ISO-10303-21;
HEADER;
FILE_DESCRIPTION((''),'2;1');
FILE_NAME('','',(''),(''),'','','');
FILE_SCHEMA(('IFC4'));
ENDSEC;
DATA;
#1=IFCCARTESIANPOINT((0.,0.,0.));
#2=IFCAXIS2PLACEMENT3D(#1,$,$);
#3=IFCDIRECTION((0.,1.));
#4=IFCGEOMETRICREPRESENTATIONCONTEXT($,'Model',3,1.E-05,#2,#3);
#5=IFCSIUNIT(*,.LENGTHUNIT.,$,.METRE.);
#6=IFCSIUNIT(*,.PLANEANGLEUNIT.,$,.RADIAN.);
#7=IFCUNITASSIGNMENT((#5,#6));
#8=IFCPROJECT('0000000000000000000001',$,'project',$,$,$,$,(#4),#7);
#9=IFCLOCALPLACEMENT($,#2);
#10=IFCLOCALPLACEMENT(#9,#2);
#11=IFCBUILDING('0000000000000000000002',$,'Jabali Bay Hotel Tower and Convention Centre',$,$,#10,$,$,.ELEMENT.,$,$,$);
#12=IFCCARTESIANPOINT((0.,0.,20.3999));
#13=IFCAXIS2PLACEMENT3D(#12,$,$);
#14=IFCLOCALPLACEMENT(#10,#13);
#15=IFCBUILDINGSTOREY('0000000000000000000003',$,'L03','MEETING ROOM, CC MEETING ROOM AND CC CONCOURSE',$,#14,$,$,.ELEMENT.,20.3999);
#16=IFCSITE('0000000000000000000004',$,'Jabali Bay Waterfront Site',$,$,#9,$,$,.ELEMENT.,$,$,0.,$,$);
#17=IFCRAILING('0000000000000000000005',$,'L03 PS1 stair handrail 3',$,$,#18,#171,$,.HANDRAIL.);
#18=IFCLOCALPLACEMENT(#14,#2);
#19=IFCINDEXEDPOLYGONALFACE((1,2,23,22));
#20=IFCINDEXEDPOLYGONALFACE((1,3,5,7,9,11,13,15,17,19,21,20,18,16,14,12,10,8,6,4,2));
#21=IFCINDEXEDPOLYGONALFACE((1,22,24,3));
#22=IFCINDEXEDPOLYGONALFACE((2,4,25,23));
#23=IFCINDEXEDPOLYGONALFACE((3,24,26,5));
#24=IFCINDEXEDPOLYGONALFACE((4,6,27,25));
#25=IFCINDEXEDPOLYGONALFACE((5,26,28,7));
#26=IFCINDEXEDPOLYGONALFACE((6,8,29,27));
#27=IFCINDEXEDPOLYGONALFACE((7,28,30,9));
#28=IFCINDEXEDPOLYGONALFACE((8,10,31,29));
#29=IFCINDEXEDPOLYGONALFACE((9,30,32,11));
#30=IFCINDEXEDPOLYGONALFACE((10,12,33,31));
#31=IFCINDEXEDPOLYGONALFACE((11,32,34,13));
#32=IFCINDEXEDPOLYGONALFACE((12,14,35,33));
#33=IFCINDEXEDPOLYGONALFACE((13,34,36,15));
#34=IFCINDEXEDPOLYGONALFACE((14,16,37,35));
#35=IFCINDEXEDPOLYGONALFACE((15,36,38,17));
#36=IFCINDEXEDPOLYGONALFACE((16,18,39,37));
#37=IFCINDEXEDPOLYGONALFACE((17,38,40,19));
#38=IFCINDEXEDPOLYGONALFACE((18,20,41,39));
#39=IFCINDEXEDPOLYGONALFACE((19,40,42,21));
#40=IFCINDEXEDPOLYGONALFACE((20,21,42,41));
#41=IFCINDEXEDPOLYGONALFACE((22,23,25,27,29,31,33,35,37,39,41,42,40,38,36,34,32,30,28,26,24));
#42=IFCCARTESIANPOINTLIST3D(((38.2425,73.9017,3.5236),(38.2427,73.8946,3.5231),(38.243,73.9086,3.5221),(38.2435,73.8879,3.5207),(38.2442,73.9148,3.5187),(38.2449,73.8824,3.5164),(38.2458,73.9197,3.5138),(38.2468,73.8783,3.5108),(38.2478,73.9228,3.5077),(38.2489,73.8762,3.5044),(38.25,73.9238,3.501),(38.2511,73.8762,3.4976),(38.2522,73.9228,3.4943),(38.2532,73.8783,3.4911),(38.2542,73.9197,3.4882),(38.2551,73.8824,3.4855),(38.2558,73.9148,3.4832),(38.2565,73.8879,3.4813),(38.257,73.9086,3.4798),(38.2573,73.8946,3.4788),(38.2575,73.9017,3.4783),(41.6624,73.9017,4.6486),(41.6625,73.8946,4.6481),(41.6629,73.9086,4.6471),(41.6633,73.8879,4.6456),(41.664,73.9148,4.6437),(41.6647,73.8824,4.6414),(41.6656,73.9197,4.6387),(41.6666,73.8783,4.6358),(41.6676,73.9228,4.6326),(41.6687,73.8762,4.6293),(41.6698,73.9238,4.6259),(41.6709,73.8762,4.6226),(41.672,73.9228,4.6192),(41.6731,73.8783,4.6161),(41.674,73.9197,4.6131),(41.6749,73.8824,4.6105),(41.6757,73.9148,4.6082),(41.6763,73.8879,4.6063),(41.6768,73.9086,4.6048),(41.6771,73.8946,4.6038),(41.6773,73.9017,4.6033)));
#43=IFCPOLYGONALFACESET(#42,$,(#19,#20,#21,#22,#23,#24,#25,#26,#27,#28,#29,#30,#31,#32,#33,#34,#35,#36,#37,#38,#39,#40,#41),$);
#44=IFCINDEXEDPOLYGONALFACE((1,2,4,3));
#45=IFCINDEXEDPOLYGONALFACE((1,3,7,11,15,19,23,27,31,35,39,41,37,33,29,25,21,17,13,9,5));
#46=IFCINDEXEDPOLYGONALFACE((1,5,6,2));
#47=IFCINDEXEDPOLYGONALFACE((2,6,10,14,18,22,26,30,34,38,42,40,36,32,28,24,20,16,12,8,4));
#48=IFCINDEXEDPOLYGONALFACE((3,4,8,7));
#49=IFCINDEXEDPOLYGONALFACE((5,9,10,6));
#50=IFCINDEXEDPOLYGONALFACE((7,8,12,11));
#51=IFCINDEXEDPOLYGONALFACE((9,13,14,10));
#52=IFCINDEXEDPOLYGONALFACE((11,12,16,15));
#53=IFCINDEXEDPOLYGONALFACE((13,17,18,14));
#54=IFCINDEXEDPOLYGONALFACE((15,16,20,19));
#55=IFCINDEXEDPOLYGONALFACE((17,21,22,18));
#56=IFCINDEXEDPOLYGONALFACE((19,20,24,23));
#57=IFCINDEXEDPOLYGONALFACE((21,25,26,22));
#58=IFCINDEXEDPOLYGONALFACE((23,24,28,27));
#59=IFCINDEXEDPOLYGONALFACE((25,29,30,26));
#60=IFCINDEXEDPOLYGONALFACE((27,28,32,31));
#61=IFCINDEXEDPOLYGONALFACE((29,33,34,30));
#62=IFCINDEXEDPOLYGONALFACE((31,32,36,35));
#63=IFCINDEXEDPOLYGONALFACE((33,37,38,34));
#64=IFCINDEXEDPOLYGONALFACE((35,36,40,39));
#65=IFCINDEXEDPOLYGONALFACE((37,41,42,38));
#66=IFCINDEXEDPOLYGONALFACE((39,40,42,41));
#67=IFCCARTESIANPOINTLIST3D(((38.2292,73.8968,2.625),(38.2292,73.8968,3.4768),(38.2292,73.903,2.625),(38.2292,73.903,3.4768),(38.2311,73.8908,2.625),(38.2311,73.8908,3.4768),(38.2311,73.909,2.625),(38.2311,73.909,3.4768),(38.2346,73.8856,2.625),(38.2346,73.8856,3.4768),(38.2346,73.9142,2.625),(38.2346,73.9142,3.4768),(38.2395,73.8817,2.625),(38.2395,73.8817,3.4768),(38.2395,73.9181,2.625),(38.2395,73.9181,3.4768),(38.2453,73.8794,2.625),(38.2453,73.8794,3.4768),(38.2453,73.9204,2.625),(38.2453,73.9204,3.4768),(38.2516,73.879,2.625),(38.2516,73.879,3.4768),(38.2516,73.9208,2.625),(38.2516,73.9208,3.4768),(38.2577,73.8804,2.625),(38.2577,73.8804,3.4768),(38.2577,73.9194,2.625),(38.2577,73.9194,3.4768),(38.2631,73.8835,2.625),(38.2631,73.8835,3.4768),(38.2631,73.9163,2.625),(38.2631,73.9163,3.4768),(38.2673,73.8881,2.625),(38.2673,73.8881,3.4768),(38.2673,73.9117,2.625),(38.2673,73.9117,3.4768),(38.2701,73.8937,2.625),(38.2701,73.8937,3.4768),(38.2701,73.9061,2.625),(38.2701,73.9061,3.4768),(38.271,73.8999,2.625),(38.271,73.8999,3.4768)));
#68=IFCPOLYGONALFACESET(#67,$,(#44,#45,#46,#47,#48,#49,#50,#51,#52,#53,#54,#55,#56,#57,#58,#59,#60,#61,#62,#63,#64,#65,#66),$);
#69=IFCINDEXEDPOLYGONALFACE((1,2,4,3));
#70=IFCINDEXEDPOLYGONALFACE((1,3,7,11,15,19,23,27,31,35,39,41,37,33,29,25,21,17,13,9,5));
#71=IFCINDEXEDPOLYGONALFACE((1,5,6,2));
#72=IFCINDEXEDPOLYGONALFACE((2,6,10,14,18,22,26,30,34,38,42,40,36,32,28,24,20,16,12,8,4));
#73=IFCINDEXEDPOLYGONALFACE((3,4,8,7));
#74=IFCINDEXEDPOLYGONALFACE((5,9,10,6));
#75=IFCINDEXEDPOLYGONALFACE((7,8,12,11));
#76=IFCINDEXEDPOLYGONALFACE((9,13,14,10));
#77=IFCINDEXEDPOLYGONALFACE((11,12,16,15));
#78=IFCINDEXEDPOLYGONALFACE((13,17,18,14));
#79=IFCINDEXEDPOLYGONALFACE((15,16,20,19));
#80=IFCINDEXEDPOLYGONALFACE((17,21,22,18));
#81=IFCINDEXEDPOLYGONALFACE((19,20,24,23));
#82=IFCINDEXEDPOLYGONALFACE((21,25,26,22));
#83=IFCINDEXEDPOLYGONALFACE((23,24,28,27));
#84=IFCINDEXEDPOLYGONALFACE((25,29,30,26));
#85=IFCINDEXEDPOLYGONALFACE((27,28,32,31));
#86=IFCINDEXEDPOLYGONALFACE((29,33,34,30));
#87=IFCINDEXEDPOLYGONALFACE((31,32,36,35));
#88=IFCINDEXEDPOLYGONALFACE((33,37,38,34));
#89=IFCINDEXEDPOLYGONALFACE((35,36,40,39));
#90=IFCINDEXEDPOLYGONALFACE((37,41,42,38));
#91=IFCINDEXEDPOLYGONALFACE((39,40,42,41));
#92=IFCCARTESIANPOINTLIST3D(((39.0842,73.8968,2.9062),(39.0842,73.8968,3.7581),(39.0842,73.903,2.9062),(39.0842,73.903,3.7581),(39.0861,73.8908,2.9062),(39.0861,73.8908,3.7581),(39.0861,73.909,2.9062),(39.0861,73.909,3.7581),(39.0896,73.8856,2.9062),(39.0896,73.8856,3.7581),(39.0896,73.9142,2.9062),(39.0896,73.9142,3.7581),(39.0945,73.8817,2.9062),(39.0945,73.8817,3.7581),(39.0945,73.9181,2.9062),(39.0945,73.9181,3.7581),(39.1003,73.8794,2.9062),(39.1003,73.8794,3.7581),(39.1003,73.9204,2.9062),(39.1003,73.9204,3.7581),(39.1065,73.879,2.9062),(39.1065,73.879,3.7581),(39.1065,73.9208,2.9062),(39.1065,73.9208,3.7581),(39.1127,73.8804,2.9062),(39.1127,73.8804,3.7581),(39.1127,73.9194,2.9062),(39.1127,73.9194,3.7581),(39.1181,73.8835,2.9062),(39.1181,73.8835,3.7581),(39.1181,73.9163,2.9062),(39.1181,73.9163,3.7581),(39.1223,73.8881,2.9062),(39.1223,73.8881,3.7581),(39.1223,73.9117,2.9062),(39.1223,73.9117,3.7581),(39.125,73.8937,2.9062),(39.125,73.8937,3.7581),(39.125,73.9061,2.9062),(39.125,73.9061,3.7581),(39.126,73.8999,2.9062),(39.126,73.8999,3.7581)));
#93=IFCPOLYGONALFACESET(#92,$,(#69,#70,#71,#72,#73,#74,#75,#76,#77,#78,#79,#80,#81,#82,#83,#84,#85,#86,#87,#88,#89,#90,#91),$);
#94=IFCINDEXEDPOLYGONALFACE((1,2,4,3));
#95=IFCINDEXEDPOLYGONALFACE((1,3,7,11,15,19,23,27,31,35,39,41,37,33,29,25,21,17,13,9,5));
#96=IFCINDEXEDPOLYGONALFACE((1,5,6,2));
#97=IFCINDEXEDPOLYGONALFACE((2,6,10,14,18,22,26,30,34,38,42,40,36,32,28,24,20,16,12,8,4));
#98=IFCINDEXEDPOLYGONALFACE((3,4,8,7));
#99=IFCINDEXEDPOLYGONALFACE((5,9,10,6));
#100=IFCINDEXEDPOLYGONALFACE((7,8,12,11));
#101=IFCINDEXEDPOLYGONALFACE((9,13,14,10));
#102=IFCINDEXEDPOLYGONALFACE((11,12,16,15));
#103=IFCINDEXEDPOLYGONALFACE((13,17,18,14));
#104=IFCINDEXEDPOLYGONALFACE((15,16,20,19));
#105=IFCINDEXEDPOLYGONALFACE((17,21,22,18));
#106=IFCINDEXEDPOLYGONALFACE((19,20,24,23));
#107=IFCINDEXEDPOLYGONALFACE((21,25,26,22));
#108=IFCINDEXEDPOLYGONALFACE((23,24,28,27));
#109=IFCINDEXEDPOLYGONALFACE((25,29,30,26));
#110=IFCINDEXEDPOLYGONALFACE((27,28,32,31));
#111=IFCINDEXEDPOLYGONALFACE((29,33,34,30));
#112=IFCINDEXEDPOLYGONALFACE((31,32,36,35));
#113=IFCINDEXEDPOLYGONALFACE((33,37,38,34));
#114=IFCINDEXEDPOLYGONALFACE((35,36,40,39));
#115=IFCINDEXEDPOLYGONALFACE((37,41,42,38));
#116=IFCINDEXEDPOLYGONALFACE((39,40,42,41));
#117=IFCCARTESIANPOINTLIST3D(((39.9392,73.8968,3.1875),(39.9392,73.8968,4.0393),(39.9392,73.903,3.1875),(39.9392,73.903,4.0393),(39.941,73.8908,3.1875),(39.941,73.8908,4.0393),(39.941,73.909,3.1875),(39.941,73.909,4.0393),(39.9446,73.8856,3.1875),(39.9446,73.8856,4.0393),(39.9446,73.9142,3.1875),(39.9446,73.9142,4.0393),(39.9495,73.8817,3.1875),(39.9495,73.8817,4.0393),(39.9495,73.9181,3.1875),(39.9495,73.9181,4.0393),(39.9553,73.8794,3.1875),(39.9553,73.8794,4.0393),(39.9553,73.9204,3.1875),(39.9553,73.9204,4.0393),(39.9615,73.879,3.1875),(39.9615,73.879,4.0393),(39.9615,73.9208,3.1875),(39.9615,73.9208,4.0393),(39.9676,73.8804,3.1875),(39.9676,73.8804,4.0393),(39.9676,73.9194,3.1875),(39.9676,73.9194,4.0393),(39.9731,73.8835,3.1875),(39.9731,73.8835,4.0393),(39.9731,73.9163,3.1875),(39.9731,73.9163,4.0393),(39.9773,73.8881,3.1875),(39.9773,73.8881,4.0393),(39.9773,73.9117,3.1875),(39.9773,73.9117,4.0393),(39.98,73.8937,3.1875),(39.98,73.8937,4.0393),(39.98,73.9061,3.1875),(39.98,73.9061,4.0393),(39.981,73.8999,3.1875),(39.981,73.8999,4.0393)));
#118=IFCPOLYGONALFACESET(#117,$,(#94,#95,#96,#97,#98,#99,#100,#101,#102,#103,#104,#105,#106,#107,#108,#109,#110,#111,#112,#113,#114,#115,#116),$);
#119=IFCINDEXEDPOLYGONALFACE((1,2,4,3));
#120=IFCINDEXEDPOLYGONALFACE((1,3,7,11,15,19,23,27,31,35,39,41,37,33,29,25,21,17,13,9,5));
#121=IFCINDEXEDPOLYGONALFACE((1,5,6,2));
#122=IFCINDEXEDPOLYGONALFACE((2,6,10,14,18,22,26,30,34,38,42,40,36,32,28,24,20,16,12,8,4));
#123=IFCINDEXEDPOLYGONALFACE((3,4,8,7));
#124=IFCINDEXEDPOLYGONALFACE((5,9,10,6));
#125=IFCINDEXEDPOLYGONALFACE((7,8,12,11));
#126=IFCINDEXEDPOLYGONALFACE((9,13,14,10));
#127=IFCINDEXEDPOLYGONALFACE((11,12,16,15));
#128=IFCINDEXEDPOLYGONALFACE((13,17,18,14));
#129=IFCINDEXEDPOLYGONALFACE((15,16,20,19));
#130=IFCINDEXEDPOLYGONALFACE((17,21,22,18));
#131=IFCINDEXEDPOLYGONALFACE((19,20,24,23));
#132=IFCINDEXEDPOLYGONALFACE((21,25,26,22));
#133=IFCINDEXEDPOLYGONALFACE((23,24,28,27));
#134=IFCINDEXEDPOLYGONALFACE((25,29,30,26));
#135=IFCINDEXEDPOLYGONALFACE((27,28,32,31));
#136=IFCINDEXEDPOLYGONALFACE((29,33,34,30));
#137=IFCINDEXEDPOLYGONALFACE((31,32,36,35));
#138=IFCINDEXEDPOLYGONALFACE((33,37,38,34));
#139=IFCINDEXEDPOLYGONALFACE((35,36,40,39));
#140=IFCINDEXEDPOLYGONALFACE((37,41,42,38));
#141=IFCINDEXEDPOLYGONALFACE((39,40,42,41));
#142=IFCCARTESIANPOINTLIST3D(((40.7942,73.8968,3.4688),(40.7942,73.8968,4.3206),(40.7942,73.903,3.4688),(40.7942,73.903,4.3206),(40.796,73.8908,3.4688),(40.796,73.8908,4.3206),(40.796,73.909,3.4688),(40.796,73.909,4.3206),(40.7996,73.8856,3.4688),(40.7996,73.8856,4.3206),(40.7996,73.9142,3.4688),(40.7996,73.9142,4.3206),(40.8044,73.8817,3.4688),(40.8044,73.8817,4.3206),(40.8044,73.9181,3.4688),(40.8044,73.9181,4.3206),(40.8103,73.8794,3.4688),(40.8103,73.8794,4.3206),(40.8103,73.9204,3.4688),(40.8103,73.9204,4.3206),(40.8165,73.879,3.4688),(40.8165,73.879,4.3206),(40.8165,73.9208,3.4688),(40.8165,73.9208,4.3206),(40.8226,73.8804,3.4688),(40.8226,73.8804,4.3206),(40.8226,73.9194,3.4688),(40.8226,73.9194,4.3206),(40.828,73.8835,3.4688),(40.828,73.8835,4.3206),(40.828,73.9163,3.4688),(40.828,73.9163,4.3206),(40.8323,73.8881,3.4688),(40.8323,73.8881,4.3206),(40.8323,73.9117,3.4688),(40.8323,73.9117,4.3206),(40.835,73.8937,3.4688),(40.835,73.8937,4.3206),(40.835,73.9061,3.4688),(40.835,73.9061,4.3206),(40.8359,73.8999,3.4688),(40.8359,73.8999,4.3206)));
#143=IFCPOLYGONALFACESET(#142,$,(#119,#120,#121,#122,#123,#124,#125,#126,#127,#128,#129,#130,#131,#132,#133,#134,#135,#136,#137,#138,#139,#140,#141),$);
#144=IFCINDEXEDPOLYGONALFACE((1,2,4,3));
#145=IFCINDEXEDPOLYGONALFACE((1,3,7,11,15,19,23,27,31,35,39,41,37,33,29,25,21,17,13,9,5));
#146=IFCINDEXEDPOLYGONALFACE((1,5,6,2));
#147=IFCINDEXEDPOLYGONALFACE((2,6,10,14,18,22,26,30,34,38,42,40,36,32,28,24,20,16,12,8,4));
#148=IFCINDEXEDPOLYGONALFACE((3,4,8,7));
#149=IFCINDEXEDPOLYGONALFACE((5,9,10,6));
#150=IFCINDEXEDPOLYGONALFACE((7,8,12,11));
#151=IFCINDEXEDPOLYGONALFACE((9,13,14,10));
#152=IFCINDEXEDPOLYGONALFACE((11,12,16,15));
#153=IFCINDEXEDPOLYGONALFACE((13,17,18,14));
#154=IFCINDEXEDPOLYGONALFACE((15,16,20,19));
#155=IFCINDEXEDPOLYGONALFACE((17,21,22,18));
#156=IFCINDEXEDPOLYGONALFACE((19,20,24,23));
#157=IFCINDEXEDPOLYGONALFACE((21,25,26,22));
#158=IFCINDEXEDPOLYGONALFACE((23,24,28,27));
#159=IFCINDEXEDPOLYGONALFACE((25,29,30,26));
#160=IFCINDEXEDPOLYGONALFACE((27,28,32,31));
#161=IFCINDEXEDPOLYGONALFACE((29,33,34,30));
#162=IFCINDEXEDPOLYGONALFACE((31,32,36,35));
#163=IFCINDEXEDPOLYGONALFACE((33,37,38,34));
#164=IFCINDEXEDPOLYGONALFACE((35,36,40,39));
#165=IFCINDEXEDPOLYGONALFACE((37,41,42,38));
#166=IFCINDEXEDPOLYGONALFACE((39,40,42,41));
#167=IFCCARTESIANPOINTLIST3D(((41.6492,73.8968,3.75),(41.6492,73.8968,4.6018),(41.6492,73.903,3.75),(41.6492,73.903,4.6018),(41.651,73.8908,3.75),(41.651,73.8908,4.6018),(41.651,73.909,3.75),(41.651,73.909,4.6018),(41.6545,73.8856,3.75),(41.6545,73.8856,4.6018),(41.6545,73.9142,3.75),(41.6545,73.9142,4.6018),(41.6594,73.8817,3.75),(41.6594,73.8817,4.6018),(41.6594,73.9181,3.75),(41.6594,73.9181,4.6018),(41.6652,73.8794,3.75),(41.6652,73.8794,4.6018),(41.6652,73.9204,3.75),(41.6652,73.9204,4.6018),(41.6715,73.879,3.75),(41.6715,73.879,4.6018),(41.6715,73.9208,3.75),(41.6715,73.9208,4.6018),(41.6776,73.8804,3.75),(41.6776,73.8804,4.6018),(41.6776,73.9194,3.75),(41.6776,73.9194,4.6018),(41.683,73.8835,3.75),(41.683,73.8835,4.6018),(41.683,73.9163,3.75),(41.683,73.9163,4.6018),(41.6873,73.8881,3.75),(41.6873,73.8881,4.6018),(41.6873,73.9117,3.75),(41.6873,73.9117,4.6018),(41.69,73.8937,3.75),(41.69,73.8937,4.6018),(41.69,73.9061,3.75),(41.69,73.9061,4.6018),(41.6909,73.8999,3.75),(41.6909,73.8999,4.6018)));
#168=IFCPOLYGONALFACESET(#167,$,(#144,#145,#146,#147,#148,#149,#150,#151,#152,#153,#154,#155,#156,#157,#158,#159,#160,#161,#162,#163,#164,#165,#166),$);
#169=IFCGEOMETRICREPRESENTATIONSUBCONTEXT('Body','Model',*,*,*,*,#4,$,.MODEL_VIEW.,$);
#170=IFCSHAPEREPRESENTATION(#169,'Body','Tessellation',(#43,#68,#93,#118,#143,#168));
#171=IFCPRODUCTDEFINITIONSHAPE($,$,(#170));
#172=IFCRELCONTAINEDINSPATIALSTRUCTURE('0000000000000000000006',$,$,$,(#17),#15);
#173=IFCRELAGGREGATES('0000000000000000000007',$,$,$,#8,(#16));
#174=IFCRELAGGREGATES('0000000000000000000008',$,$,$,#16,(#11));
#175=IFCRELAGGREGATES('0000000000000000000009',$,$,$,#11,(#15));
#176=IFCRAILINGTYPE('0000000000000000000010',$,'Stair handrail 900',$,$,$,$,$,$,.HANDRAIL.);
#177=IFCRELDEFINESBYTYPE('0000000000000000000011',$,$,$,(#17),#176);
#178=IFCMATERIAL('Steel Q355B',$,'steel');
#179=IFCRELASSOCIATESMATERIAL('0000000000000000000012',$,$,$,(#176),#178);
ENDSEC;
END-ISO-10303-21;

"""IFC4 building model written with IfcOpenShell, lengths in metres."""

from ifc_helpers import new_model, si_unit, direction, frame, origin, origin_2d, place, context, subcontext, project, spatial, circle, extrude, material, type_object, element, save


model = new_model("IFC4")

# Units and contexts
model_context = context("Model", 3, precision=1e-05, world=origin(), true_north=direction((0.0, 1.0)))
body_context = subcontext(model_context, "Body", "Model", "MODEL_VIEW")
ifc_project = project(units=[si_unit("LENGTHUNIT", "METRE"), si_unit("PLANEANGLEUNIT", "RADIAN")], contexts=[model_context])

# Site, building, storey
site_placement = place(None, origin())
site = spatial("IfcSite", under=ifc_project, at=site_placement, Name="Jabali Bay Waterfront Site", CompositionType="ELEMENT", RefElevation=0.0)
building_placement = place(site_placement, origin())
building = spatial("IfcBuilding", under=site, at=building_placement, Name="Jabali Bay Hotel Tower and Convention Centre", CompositionType="ELEMENT")
storey_placement = place(building_placement, frame((0.0, 0.0, 20.3999)))
storey = spatial("IfcBuildingStorey", under=building, at=storey_placement, Name="L03", Description="MEETING ROOM, CC MEETING ROOM AND CC CONCOURSE", CompositionType="ELEMENT", Elevation=20.3999)

# Railing
ifc_material_1 = material(Name="Steel Q355B", Category="steel")
railing_type_1 = type_object("IfcRailingType", Name="Stair handrail 900", PredefinedType="HANDRAIL", material=ifc_material_1)
railing_1_placement = place(storey_placement, frame((38.25, 73.8999, 2.625)))
element("IfcRailing", 1, at=railing_1_placement, inside=storey, type_object=railing_type_1, Name="L03 PS1 stair handrail 3", PredefinedType="HANDRAIL", context=body_context, shape_type="SweptSolid", body=[
    extrude(circle(Radius=0.0239, at=origin_2d()), frame((0.0, 0.0, 0.876), z_axis=(0.949924, 0.0, 0.312482), x_axis=(0.0, 1.0, 0.0)), (0.0, 0.0, 1.0), 3.6001),
    extrude(circle(Radius=0.021, at=origin_2d()), origin(), (0.0, 0.0, 1.0), 0.8518),
    extrude(circle(Radius=0.021, at=origin_2d()), frame((0.855, 0.0, 0.2812)), (0.0, 0.0, 1.0), 0.8518),
    extrude(circle(Radius=0.021, at=origin_2d()), frame((1.71, 0.0, 0.5625)), (0.0, 0.0, 1.0), 0.8518),
    extrude(circle(Radius=0.021, at=origin_2d()), frame((2.5649, 0.0, 0.8438)), (0.0, 0.0, 1.0), 0.8518),
    extrude(circle(Radius=0.021, at=origin_2d()), frame((3.4199, 0.0, 1.125)), (0.0, 0.0, 1.0), 0.8518),
])

save(model, "model.ifc")
